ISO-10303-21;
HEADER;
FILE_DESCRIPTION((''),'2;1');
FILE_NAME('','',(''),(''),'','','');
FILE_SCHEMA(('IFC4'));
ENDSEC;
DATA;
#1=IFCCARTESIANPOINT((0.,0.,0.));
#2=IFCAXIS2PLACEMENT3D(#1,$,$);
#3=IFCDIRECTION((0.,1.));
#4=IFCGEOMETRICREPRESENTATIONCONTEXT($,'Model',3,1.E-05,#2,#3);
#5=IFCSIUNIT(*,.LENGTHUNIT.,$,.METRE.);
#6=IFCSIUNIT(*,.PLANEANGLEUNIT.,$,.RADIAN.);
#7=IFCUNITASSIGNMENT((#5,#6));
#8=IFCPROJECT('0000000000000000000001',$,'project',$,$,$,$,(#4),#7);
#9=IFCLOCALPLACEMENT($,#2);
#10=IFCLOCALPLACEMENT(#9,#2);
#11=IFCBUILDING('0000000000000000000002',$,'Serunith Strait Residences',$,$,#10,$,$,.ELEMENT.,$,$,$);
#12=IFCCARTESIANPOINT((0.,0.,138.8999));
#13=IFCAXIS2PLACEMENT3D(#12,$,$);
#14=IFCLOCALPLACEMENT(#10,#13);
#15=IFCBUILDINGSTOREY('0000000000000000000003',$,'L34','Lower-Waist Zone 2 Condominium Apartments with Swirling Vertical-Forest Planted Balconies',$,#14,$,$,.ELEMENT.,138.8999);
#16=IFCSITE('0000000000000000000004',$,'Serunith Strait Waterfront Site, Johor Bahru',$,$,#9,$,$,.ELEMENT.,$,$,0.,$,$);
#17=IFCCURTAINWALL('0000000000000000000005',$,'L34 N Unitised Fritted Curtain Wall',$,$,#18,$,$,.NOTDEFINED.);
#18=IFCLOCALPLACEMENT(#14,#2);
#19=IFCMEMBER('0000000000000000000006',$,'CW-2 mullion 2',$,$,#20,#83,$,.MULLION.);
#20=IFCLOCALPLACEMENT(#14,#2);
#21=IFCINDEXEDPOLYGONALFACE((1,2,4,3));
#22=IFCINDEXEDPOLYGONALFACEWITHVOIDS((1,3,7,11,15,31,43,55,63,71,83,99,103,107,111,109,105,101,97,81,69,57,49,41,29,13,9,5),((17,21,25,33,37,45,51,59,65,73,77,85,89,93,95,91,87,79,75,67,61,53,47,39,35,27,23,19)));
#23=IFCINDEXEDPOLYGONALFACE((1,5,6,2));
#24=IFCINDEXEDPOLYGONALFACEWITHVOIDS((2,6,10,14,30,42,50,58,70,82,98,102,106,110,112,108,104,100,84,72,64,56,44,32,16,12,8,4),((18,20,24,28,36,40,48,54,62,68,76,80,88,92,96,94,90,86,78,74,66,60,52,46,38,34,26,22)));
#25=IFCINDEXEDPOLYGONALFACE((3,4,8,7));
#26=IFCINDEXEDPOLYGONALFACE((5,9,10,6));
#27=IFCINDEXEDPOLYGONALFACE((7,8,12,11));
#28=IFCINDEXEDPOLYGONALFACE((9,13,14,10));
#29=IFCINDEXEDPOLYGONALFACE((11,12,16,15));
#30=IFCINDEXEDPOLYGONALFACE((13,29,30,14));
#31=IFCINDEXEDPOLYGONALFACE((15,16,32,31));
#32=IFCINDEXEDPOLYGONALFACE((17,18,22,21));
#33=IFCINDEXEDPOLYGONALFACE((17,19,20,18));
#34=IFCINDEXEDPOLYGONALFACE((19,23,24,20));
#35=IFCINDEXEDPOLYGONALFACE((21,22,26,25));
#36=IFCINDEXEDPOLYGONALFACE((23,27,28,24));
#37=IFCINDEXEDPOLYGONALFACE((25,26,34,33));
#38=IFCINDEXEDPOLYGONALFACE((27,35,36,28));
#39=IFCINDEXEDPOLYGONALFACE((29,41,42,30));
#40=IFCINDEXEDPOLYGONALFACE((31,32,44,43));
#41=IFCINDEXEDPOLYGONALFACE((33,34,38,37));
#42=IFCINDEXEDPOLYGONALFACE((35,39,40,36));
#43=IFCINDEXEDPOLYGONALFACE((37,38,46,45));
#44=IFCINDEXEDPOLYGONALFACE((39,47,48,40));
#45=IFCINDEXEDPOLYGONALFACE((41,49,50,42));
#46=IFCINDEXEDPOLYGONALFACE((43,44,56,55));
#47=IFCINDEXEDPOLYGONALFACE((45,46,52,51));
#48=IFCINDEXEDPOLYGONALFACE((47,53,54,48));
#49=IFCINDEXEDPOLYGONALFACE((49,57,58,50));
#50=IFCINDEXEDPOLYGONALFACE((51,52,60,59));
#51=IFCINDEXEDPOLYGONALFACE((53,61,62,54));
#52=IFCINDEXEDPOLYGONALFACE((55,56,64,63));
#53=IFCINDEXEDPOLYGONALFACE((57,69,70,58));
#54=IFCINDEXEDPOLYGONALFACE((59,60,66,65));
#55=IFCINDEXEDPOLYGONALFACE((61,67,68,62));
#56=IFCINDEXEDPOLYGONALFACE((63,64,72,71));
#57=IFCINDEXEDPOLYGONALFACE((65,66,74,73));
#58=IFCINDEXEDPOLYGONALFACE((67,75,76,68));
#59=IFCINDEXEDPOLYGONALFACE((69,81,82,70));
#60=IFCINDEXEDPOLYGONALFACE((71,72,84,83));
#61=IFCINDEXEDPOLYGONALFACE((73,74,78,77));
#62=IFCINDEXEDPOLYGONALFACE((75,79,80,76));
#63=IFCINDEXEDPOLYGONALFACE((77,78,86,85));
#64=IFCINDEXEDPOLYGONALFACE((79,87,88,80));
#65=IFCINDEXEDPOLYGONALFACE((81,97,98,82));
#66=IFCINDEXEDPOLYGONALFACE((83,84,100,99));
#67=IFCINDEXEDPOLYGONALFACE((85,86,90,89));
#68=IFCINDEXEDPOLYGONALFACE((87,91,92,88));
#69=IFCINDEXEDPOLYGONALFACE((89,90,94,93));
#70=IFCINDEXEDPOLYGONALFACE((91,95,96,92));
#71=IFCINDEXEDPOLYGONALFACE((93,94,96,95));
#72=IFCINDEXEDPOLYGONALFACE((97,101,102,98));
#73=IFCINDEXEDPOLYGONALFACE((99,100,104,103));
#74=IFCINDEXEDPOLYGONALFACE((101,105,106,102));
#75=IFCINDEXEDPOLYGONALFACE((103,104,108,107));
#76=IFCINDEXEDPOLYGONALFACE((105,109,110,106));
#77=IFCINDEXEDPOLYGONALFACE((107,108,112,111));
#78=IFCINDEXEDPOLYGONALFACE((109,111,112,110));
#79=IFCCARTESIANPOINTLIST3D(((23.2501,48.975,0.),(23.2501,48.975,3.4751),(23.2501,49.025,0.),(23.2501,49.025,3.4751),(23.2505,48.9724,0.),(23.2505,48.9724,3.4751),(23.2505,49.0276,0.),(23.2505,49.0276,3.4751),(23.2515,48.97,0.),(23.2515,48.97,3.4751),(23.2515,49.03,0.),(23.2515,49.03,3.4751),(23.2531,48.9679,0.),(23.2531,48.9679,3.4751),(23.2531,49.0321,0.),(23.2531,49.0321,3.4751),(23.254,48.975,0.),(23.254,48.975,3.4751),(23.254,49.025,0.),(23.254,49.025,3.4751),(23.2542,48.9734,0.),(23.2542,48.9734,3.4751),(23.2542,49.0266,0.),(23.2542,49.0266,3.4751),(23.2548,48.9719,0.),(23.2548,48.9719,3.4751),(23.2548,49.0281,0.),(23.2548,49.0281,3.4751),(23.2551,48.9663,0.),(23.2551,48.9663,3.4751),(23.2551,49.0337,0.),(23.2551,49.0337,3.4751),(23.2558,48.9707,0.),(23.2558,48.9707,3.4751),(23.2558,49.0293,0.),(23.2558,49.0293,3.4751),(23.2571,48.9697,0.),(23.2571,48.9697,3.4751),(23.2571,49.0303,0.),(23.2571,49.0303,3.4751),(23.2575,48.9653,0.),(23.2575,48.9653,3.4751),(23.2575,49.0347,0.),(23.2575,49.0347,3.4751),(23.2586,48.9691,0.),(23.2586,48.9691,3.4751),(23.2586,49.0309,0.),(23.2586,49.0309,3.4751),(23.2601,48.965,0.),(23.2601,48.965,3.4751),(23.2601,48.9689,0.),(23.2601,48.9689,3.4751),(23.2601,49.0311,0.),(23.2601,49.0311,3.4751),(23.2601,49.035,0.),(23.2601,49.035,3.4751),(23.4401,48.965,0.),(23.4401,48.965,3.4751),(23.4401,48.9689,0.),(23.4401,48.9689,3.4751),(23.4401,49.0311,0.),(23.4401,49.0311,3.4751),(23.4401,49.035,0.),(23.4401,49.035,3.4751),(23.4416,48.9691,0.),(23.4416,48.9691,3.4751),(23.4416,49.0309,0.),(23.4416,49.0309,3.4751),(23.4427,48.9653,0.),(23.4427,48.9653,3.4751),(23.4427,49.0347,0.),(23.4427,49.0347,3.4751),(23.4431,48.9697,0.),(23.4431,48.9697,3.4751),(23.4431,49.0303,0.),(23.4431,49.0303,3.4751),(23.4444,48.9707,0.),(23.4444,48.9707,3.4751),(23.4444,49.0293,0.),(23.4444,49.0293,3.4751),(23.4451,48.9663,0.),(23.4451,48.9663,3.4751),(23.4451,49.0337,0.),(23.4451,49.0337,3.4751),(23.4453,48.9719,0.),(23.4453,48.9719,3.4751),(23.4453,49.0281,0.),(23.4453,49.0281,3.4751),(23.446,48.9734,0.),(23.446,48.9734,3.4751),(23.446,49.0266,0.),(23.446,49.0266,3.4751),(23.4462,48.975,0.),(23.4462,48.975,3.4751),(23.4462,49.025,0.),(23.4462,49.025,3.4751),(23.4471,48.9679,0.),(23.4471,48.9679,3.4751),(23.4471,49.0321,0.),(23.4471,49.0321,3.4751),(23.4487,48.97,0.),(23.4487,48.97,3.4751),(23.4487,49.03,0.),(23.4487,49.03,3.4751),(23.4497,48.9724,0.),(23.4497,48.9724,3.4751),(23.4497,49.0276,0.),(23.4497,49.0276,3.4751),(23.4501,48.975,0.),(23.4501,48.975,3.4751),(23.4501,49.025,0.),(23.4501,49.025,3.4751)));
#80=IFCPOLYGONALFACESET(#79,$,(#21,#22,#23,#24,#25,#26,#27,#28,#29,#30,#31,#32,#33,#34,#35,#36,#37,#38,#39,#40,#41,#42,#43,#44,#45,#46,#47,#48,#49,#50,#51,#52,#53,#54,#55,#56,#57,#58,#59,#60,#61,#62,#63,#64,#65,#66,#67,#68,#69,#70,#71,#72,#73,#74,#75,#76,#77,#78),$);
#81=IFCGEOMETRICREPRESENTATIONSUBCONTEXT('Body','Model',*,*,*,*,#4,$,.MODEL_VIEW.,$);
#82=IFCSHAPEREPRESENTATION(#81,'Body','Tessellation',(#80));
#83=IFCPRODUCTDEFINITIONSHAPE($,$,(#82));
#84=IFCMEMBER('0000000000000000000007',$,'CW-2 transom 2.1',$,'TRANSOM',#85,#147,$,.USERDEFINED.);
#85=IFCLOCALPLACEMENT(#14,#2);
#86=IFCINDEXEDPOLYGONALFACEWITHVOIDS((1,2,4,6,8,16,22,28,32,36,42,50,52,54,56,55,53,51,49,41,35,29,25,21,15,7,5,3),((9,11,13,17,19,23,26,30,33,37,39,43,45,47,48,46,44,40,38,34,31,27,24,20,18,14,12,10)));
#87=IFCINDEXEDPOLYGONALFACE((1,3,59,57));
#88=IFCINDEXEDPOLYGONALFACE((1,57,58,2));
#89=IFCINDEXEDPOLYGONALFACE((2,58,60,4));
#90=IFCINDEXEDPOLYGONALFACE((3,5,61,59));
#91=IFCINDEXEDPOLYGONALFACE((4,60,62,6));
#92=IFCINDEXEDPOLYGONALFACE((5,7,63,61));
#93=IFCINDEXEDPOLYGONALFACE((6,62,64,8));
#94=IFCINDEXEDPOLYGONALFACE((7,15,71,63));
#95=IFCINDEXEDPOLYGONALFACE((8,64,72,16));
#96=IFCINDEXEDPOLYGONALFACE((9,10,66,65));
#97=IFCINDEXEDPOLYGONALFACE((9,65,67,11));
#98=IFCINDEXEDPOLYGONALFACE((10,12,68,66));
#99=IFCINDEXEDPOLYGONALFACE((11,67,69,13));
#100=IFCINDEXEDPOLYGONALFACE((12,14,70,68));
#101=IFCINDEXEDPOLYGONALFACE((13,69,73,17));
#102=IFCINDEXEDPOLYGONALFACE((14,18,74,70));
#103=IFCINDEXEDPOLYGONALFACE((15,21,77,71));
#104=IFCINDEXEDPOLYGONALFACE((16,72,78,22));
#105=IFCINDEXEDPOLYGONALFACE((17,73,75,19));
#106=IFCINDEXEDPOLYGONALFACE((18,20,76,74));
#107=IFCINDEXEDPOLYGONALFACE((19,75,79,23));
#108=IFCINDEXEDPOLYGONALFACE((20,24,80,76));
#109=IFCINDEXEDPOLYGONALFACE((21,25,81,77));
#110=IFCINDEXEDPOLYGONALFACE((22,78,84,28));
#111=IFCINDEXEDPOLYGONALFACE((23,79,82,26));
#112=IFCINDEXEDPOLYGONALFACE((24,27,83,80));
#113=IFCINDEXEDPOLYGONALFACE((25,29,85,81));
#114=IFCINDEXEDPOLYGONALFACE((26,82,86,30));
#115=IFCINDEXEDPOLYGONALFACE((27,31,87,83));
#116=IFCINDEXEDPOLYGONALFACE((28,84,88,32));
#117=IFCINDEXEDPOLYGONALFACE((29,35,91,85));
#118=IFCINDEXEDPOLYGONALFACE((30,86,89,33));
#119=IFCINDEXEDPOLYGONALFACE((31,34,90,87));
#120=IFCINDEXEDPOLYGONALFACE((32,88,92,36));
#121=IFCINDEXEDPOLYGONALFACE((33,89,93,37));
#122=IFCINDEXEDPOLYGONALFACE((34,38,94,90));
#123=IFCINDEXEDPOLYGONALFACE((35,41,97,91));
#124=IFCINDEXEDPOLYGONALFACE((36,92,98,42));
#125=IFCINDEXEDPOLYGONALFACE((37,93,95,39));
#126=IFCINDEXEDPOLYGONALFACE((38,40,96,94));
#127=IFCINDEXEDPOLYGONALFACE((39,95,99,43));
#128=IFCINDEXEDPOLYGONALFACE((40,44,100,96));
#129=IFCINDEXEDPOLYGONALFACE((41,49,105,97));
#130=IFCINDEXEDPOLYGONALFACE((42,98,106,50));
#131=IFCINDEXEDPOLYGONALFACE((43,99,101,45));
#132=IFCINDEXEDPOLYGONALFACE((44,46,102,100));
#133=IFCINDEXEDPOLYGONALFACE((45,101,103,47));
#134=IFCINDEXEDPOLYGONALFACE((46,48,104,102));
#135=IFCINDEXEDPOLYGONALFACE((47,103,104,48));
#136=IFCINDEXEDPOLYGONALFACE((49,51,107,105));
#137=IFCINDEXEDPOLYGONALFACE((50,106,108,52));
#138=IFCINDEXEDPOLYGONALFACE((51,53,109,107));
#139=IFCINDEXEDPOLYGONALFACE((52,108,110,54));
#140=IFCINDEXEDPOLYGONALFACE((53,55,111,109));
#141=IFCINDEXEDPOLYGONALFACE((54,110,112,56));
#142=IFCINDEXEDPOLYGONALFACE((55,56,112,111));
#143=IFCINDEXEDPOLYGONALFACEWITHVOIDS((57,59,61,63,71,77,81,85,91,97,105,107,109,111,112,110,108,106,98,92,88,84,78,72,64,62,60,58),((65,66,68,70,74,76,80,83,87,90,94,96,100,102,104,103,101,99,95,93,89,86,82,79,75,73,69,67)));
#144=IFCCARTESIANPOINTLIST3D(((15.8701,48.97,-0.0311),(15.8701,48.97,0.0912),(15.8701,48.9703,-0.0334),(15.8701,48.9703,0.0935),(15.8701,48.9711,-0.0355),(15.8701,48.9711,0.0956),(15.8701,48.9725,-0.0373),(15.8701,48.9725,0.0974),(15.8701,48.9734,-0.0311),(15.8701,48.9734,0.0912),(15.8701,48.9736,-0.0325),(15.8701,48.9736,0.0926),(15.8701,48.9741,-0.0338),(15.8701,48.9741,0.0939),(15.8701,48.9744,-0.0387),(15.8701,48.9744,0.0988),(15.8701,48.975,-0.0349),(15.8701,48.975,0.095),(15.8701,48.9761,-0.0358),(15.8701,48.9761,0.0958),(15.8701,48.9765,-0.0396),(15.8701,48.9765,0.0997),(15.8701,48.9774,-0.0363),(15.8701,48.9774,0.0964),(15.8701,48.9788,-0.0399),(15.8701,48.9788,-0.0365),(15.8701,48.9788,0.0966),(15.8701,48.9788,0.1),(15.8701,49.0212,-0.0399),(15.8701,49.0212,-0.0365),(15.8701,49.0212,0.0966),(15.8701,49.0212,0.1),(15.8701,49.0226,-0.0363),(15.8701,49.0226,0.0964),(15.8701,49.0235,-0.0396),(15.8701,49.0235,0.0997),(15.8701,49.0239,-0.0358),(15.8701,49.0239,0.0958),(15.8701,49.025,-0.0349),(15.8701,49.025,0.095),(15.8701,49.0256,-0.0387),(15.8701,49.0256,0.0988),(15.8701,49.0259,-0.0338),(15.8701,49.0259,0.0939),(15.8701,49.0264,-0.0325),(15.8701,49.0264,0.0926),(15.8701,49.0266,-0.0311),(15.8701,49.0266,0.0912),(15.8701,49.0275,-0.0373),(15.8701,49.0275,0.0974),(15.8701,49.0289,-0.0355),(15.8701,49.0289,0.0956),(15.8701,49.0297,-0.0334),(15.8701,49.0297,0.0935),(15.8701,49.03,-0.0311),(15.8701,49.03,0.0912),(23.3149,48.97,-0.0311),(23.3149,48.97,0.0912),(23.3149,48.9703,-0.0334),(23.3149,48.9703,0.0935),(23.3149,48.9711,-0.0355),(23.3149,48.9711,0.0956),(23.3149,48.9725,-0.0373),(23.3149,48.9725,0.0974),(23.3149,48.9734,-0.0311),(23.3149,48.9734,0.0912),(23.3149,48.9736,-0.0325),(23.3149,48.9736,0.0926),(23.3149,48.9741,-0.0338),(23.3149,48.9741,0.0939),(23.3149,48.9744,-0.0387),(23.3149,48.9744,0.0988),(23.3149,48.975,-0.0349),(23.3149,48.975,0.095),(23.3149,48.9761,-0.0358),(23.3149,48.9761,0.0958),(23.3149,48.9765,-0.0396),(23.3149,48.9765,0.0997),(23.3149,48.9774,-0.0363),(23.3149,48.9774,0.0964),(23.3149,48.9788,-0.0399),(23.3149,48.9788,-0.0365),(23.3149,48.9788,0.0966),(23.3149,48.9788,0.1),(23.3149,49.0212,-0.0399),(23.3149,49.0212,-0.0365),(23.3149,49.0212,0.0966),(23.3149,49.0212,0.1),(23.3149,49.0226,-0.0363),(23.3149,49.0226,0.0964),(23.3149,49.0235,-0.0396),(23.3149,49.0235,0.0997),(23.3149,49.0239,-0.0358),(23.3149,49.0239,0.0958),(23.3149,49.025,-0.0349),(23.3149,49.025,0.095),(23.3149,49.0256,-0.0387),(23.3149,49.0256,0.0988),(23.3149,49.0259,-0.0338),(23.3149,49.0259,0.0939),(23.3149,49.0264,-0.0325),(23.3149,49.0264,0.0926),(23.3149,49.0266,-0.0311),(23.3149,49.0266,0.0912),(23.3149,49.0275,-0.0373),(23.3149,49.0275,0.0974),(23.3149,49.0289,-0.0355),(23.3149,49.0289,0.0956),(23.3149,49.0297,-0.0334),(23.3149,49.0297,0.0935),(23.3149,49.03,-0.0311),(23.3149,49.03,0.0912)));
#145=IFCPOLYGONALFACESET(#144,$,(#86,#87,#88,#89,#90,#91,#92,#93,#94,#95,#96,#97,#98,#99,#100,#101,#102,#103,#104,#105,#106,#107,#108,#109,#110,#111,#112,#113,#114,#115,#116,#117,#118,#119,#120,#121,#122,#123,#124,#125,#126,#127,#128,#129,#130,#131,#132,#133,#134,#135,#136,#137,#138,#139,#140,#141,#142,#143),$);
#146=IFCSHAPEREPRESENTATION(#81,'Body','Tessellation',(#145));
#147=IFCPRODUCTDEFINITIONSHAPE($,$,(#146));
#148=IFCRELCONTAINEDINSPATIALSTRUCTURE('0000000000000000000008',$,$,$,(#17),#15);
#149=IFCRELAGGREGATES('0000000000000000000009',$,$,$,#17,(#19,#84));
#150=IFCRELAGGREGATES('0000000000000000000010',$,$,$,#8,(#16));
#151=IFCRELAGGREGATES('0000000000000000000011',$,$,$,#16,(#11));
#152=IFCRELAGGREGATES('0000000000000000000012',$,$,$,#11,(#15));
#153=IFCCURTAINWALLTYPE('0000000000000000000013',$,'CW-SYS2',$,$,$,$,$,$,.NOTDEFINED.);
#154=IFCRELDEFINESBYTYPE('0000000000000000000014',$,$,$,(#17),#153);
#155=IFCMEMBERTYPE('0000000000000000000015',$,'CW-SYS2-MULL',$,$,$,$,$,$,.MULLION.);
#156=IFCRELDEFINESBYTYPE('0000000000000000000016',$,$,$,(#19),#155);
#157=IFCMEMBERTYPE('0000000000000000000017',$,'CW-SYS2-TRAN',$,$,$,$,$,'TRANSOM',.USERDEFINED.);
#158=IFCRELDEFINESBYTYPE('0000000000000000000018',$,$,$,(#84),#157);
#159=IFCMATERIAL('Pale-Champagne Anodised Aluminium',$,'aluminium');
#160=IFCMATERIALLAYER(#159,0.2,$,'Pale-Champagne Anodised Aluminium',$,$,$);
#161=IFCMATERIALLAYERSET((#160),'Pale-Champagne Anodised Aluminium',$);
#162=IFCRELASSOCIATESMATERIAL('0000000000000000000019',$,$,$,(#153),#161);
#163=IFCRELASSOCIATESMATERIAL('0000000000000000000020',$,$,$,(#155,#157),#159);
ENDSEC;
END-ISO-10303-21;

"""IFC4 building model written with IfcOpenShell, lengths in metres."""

from ifc_helpers import new_model, si_unit, direction, frame, origin, origin_2d, place, context, subcontext, project, spatial, hollow_rectangle, extrude, source, transform, mapped, material, layer, layer_set, material_profile, profile_set, type_object, element, aggregate, save


model = new_model("IFC4")

# Units and contexts
model_context = context("Model", 3, precision=1e-05, world=origin(), true_north=direction((0.0, 1.0)))
body_context = subcontext(model_context, "Body", "Model", "MODEL_VIEW")
ifc_project = project(units=[si_unit("LENGTHUNIT", "METRE"), si_unit("PLANEANGLEUNIT", "RADIAN")], contexts=[model_context])

# Site, building, storey
site_placement = place(None, origin())
site = spatial("IfcSite", under=ifc_project, at=site_placement, Name="Serunith Strait Waterfront Site, Johor Bahru", CompositionType="ELEMENT", RefElevation=0.0)
building_placement = place(site_placement, origin())
building = spatial("IfcBuilding", under=site, at=building_placement, Name="Serunith Strait Residences", CompositionType="ELEMENT")
storey_placement = place(building_placement, frame((0.0, 0.0, 138.8999)))
storey = spatial("IfcBuildingStorey", under=building, at=storey_placement, Name="L34", Description="Lower-Waist Zone 2 Condominium Apartments with Swirling Vertical-Forest Planted Balconies", CompositionType="ELEMENT", Elevation=138.8999)

# Curtain wall, members
ifc_material_1 = material(Name="Pale-Champagne Anodised Aluminium", Category="aluminium")
ifc_layer_1 = layer(ifc_material_1, 0.2, Name="Pale-Champagne Anodised Aluminium")
ifc_layer_set_1 = layer_set([ifc_layer_1], Name="Pale-Champagne Anodised Aluminium")
curtain_wall_type = type_object("IfcCurtainWallType", Name="CW-SYS2", PredefinedType="NOTDEFINED", material=ifc_layer_set_1)
curtain_wall_placement = place(storey_placement, origin())
curtain_wall = element("IfcCurtainWall", 1, at=curtain_wall_placement, inside=storey, type_object=curtain_wall_type, Name="L34 N Unitised Fritted Curtain Wall", PredefinedType="NOTDEFINED")
ifc_material_profile_1 = material_profile(ifc_material_1, hollow_rectangle(XDim=0.0701, YDim=0.2, WallThickness=0.0039, InnerFilletRadius=0.0061, OuterFilletRadius=0.01, at=origin_2d()), Name="ALU 200x70x4")
ifc_profile_set_1 = profile_set([ifc_material_profile_1], Name="Pale-Champagne Anodised Aluminium")
member_type_1 = type_object("IfcMemberType", Name="CW-SYS2-MULL", PredefinedType="MULLION", material=ifc_profile_set_1)
shared_shape_1 = source(origin(), body_context, "Body", "SweptSolid", [
    extrude(hollow_rectangle(XDim=0.0701, YDim=0.2, WallThickness=0.0039, InnerFilletRadius=0.0061, OuterFilletRadius=0.01, at=origin_2d()), origin(), (0.0, 0.0, 1.0), 3.4751),
])
member_1_placement = place(storey_placement, frame((23.3501, 49.0, 0.0), z_axis=(0.0, 0.0, 1.0), x_axis=(0.0, -1.0, 0.0)))
member_1 = element("IfcMember", 2, at=member_1_placement, type_object=member_type_1, Name="CW-2 mullion 2", PredefinedType="MULLION", context=body_context, shape_type="MappedRepresentation", body=[
    mapped(shared_shape_1, transform((0.0, 0.0, 0.0), scale=1.0)),
])
ifc_material_profile_2 = material_profile(ifc_material_1, hollow_rectangle(XDim=0.0601, YDim=0.1399, WallThickness=0.0034, InnerFilletRadius=0.0054, OuterFilletRadius=0.0088, at=origin_2d()), Name="ALU 140x60x3.5")
ifc_profile_set_2 = profile_set([ifc_material_profile_2], Name="Pale-Champagne Anodised Aluminium")
member_type_2 = type_object("IfcMemberType", Name="CW-SYS2-TRAN", ElementType="TRANSOM", PredefinedType="USERDEFINED", material=ifc_profile_set_2)
shared_shape_2 = source(origin(), body_context, "Body", "SweptSolid", [
    extrude(hollow_rectangle(XDim=0.0601, YDim=0.1399, WallThickness=0.0034, InnerFilletRadius=0.0054, OuterFilletRadius=0.0088, at=origin_2d()), origin(), (0.0, 0.0, 1.0), 7.4448),
])
member_2_placement = place(storey_placement, frame((23.3149, 49.0, 0.03), z_axis=(-1.0, 0.0, 0.0), x_axis=(0.0, -1.0, 0.0)))
member_2 = element("IfcMember", 3, at=member_2_placement, type_object=member_type_2, Name="CW-2 transom 2.1", ObjectType="TRANSOM", PredefinedType="USERDEFINED", context=body_context, shape_type="MappedRepresentation", body=[
    mapped(shared_shape_2, transform((0.0, 0.0, 0.0), scale=1.0)),
])
aggregate(curtain_wall, [member_1, member_2])

save(model, "model.ifc")
